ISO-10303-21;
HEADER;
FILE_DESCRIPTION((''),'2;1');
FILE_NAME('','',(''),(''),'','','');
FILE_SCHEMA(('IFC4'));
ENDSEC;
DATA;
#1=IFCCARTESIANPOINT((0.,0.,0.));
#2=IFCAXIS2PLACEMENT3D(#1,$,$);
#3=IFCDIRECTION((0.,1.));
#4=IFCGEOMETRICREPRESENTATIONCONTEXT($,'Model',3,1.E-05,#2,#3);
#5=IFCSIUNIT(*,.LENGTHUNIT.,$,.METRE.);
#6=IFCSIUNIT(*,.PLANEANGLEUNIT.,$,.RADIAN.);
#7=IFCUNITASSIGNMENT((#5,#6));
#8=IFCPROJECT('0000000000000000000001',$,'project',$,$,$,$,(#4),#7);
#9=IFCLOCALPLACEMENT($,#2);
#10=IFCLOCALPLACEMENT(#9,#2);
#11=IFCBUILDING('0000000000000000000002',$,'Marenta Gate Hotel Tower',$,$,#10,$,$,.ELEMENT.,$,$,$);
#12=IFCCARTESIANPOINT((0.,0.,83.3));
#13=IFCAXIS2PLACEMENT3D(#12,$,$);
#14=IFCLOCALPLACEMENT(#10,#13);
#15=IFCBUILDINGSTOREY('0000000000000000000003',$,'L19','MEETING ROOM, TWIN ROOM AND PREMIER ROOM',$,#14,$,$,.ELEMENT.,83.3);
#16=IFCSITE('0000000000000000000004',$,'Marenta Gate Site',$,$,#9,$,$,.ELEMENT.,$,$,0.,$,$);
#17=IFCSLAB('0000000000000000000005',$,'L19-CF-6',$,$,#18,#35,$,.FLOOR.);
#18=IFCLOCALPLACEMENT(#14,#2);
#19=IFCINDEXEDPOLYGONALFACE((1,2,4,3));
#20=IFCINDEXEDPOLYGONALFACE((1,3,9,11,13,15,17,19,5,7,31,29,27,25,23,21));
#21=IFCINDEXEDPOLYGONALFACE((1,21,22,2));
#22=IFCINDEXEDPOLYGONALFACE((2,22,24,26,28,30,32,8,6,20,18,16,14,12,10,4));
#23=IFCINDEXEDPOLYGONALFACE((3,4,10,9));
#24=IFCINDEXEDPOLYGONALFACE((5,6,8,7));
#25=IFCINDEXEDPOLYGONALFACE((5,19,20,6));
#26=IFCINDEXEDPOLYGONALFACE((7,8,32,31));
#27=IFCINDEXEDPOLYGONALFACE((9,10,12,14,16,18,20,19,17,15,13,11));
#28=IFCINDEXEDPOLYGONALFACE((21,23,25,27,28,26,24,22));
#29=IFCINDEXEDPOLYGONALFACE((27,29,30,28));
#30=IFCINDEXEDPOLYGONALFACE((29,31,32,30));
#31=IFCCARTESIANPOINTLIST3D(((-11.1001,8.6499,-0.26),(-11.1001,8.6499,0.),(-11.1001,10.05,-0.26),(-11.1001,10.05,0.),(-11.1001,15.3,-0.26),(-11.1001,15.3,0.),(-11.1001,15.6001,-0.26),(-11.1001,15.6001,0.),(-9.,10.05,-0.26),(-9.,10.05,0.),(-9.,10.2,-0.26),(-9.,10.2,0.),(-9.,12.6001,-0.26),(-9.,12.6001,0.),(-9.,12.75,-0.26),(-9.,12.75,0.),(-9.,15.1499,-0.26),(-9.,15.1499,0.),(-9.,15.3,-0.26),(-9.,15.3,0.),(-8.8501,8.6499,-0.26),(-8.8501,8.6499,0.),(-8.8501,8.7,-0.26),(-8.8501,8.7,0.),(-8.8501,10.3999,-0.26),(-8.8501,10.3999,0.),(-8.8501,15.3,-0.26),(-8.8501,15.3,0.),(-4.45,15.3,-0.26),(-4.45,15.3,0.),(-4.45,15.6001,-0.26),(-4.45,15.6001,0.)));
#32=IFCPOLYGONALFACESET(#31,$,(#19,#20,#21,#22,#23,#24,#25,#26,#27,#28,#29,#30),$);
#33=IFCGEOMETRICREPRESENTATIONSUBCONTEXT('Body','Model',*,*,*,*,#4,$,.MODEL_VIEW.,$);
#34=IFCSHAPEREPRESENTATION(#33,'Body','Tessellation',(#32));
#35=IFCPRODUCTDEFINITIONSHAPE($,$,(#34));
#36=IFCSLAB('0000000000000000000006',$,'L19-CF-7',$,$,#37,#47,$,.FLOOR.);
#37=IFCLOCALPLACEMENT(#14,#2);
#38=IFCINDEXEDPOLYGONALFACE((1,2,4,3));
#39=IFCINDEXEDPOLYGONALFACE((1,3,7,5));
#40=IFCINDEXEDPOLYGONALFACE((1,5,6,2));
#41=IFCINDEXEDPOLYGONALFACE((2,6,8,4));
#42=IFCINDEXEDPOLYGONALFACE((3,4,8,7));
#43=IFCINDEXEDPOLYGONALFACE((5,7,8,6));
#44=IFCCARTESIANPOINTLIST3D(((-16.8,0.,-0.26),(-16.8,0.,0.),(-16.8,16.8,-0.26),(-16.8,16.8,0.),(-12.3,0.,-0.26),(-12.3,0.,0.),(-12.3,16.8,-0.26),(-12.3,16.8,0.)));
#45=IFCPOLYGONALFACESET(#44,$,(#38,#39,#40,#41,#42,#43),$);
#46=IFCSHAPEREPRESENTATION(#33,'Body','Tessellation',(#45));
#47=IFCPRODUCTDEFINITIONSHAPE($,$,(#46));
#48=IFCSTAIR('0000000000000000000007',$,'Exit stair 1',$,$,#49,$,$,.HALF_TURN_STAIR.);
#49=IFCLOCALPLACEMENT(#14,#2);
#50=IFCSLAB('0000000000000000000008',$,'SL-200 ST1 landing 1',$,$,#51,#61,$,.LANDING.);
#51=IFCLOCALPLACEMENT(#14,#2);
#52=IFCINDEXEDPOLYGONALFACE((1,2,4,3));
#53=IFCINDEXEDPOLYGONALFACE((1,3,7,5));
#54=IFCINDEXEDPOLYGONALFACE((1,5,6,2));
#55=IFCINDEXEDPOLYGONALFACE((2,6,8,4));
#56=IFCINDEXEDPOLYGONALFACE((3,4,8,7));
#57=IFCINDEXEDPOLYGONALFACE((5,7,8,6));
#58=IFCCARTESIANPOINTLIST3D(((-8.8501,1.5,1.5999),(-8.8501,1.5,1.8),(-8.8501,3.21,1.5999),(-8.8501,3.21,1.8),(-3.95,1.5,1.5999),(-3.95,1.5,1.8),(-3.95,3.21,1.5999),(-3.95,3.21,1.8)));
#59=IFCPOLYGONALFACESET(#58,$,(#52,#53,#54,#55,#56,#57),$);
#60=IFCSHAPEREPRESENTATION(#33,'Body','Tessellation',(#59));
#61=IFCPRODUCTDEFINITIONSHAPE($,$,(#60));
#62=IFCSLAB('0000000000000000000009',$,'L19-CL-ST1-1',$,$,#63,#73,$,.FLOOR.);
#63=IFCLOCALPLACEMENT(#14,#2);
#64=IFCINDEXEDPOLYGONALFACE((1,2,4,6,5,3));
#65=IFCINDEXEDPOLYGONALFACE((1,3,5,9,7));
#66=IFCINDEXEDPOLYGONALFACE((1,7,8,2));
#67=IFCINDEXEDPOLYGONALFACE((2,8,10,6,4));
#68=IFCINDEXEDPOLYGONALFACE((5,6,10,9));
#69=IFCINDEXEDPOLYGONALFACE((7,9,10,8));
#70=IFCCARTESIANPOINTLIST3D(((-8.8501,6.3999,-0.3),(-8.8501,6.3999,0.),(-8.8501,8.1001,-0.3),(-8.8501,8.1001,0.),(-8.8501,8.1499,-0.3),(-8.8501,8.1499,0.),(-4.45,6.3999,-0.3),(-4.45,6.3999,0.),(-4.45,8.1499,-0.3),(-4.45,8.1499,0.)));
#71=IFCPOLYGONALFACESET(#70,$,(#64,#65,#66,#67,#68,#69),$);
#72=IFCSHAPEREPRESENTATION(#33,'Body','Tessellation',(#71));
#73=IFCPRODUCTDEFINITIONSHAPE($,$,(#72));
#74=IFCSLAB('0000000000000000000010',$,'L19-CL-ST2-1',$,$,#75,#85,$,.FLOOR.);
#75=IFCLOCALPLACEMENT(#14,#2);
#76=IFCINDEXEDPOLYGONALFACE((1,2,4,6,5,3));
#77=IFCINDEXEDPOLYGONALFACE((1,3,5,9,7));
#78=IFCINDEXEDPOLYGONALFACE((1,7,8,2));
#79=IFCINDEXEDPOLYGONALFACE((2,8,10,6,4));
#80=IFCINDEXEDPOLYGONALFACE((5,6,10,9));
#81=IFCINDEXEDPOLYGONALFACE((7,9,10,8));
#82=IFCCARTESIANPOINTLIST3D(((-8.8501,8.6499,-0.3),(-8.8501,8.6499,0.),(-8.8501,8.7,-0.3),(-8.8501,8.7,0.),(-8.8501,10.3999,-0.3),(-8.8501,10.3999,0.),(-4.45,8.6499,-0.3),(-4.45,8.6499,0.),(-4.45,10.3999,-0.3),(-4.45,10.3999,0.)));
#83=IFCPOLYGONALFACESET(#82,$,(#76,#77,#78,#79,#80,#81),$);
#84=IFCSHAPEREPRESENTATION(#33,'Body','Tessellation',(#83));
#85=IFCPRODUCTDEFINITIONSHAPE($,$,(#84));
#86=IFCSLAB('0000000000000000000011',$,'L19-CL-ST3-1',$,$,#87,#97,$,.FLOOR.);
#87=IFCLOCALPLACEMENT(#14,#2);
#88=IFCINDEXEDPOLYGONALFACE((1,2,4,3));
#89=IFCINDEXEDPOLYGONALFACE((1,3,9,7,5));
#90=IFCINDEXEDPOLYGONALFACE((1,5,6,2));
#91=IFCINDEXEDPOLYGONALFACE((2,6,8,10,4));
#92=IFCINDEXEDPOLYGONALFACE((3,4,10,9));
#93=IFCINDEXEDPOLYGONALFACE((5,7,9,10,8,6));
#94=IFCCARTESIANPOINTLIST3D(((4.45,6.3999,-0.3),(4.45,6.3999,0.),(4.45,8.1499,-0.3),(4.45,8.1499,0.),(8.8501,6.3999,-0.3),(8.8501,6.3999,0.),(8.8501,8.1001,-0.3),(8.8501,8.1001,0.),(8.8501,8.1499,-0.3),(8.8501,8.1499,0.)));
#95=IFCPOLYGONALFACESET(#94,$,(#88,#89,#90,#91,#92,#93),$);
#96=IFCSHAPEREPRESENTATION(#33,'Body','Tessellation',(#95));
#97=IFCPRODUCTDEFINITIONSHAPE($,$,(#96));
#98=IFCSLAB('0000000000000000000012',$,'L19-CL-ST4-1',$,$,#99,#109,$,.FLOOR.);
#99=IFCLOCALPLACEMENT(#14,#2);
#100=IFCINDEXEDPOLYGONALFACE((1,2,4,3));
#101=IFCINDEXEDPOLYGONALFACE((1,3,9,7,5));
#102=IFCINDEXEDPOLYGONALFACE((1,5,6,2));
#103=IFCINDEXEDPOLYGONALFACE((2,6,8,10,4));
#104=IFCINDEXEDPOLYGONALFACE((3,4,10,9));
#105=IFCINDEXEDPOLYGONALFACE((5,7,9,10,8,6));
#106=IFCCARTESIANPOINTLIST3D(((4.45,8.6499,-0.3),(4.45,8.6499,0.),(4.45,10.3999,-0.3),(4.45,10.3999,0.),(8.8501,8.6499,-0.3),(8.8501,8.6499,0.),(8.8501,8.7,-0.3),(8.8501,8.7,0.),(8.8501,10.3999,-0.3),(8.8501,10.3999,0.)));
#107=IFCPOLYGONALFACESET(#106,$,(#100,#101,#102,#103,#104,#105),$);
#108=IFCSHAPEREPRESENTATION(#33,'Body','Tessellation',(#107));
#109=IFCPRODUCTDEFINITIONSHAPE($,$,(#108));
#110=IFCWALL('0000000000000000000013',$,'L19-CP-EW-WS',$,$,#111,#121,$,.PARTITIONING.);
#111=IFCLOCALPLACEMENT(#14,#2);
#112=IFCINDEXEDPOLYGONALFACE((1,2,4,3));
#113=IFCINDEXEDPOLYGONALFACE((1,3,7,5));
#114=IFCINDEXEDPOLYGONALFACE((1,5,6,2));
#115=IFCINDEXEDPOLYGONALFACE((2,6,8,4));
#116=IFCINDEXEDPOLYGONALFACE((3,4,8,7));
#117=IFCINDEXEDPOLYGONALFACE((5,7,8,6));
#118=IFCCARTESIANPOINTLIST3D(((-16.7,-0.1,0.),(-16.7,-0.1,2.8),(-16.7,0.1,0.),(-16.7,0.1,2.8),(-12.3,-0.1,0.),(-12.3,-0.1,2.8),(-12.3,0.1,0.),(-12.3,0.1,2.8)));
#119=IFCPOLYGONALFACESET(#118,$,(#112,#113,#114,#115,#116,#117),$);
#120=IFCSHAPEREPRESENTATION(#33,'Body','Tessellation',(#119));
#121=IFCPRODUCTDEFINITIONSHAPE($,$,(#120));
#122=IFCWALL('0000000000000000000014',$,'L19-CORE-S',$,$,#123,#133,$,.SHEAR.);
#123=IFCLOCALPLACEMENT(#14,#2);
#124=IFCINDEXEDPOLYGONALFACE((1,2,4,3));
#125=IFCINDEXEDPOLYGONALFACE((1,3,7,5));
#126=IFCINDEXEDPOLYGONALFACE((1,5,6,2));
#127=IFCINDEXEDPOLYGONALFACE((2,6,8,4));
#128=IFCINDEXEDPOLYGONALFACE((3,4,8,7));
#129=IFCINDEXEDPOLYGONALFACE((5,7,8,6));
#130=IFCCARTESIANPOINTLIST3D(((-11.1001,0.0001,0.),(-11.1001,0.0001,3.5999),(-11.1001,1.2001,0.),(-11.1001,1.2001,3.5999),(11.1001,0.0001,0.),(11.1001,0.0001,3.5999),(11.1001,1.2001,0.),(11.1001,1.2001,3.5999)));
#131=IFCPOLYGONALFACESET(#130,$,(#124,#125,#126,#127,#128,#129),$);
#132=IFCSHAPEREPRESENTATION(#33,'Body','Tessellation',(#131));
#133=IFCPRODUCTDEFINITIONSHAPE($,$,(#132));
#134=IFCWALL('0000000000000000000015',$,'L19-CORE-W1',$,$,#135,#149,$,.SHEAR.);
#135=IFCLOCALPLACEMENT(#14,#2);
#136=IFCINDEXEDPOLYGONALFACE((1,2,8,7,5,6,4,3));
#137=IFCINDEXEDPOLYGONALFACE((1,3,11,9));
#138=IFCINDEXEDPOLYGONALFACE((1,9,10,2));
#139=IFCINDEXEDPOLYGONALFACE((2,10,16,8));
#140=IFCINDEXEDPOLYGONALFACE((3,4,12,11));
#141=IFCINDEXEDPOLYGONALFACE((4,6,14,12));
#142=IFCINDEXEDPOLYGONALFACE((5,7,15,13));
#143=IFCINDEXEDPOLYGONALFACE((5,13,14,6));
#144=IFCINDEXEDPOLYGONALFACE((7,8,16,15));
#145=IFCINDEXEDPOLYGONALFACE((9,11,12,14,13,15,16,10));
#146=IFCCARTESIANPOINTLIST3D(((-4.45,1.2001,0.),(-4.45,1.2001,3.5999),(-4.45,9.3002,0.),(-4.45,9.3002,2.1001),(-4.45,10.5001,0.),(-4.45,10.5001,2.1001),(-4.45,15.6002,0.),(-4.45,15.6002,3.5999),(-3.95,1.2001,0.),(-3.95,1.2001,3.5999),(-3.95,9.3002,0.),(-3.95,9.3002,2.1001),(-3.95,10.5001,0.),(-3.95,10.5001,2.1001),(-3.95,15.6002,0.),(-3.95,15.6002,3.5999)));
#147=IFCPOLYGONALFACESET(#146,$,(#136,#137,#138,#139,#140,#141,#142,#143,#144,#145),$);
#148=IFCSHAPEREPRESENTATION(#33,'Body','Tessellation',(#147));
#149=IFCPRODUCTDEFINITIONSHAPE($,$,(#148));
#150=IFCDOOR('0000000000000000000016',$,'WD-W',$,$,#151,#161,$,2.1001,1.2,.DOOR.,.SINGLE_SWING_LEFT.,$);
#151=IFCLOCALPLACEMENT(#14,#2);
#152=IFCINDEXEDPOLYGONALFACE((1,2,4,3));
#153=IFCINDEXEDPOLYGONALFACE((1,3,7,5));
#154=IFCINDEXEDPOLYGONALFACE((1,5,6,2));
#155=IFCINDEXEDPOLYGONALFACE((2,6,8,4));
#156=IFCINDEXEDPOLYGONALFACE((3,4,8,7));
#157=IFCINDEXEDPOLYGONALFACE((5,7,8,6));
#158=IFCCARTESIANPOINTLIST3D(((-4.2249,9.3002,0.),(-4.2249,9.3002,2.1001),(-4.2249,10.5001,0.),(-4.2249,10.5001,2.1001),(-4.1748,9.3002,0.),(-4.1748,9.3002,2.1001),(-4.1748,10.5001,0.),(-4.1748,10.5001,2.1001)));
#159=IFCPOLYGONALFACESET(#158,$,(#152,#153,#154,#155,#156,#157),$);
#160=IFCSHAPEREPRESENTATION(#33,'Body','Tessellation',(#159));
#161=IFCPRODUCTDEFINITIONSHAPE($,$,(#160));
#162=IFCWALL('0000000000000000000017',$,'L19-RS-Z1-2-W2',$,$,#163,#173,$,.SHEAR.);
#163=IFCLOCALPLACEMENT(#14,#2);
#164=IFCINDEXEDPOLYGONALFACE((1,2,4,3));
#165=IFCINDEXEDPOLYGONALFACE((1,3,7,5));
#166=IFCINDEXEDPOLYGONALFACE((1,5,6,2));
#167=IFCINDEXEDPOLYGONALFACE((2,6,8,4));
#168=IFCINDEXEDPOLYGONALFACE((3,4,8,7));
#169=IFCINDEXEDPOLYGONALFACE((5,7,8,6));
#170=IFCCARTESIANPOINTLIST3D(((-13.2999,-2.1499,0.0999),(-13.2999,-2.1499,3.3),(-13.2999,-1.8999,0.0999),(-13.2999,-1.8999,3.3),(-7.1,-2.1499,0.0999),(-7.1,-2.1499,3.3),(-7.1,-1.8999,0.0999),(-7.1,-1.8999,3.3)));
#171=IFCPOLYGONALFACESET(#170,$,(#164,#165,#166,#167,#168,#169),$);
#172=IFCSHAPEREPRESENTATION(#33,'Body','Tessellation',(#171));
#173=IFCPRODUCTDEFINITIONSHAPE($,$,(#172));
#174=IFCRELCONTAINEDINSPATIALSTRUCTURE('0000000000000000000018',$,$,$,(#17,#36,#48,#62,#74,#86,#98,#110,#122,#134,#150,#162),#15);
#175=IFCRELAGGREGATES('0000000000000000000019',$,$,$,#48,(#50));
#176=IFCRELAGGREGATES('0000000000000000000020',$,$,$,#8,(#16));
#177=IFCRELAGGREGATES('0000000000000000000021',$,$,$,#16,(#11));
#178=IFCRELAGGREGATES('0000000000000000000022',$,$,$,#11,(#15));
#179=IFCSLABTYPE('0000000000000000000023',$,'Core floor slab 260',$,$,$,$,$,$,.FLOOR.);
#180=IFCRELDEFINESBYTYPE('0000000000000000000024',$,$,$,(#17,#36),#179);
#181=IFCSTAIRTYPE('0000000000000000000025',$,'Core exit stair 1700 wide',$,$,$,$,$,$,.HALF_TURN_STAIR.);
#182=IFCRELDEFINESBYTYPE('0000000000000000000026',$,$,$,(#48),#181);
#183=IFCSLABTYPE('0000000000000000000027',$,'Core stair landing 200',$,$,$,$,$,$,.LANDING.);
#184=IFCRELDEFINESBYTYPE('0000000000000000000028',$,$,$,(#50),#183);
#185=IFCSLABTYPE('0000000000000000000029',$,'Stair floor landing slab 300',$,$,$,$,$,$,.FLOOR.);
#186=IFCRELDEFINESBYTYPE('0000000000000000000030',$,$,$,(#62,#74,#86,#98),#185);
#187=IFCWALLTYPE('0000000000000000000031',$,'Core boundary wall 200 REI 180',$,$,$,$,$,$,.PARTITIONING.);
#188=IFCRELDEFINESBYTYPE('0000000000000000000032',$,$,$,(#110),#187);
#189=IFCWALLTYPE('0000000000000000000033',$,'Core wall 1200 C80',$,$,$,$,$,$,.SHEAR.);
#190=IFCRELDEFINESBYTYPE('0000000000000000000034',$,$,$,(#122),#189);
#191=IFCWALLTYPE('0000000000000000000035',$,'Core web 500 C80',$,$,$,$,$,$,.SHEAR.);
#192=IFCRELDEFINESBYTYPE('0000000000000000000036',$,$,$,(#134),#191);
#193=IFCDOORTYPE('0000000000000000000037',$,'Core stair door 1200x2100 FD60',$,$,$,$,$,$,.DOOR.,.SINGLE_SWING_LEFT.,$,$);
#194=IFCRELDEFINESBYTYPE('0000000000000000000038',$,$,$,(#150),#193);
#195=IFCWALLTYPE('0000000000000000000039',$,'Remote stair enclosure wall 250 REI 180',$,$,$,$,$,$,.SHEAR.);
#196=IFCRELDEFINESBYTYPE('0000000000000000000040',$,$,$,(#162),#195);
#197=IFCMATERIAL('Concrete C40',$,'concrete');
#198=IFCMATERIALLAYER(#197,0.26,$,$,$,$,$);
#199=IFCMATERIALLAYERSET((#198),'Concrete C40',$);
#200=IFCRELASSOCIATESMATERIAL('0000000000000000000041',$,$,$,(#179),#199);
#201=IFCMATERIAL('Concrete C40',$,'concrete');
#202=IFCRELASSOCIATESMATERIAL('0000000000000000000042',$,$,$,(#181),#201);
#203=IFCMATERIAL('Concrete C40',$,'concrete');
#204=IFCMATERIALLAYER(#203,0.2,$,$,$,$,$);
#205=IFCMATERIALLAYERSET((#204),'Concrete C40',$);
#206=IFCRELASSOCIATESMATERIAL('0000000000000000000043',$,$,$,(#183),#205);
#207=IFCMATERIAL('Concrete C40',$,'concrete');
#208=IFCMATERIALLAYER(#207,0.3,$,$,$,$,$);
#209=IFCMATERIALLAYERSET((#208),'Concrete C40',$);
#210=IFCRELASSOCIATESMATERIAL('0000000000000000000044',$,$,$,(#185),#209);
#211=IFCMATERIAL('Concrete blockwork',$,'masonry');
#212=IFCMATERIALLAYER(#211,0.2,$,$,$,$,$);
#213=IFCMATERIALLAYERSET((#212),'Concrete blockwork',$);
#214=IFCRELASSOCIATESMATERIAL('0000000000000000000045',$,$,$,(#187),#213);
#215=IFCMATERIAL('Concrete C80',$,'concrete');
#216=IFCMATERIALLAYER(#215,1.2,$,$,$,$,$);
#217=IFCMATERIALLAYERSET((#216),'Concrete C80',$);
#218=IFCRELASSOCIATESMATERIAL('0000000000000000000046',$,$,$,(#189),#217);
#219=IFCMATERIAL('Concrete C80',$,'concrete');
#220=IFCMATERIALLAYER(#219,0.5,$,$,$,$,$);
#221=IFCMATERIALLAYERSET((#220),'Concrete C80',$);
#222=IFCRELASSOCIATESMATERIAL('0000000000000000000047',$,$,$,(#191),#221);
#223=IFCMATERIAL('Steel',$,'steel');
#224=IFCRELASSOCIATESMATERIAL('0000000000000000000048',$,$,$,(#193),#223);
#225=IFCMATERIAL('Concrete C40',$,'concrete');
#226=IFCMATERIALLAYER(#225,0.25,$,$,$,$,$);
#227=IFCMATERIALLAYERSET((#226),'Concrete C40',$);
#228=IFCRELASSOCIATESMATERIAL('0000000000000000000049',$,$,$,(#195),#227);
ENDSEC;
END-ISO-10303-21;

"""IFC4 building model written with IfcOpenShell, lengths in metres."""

from ifc_helpers import new_model, si_unit, direction, frame, frame_2d, origin, place, context, subcontext, project, spatial, polyline, rectangle, outline, extrude, material, layer, layer_set, type_object, element, fill, aggregate, save


model = new_model("IFC4")

# Units and contexts
model_context = context("Model", 3, precision=1e-05, world=origin(), true_north=direction((0.0, 1.0)))
body_context = subcontext(model_context, "Body", "Model", "MODEL_VIEW")
ifc_project = project(units=[si_unit("LENGTHUNIT", "METRE"), si_unit("PLANEANGLEUNIT", "RADIAN")], contexts=[model_context])

# Site, building, storey
site_placement = place(None, origin())
site = spatial("IfcSite", under=ifc_project, at=site_placement, Name="Marenta Gate Site", CompositionType="ELEMENT", RefElevation=0.0)
building_placement = place(site_placement, origin())
building = spatial("IfcBuilding", under=site, at=building_placement, Name="Marenta Gate Hotel Tower", CompositionType="ELEMENT")
storey_placement = place(building_placement, frame((0.0, 0.0, 83.3)))
storey = spatial("IfcBuildingStorey", under=building, at=storey_placement, Name="L19", Description="MEETING ROOM, TWIN ROOM AND PREMIER ROOM", CompositionType="ELEMENT", Elevation=83.3)

# Slabs
ifc_material_1 = material(Name="Concrete C40", Category="concrete")
ifc_layer_1 = layer(ifc_material_1, 0.26)
ifc_layer_set_1 = layer_set([ifc_layer_1], Name="Concrete C40")
slab_type_1 = type_object("IfcSlabType", Name="Core floor slab 260", PredefinedType="FLOOR", material=ifc_layer_set_1)
slab_1_placement = place(storey_placement, frame((0.0, 0.0, -0.26)))
element("IfcSlab", 1, at=slab_1_placement, inside=storey, type_object=slab_type_1, Name="L19-CF-6", PredefinedType="FLOOR", context=body_context, shape_type="SweptSolid", body=[
    extrude(outline(polyline([(-4.45, 15.3), (-8.8501, 15.3), (-8.8501, 10.3999), (-8.8501, 8.7), (-8.8501, 8.6499), (-11.1001, 8.6499), (-11.1001, 10.05), (-9.0, 10.05), (-9.0, 10.2), (-9.0, 12.6001), (-9.0, 12.75), (-9.0, 15.1499), (-9.0, 15.3), (-11.1001, 15.3), (-11.1001, 15.6001), (-4.45, 15.6001), (-4.45, 15.3)])), origin(), (0.0, 0.0, 1.0), 0.26),
])
slab_2_placement = place(storey_placement, frame((0.0, 0.0, -0.26)))
element("IfcSlab", 2, at=slab_2_placement, inside=storey, type_object=slab_type_1, Name="L19-CF-7", PredefinedType="FLOOR", context=body_context, shape_type="SweptSolid", body=[
    extrude(outline(polyline([(-12.3, 16.8), (-12.3, 0.0), (-16.8, 0.0), (-16.8, 16.8), (-12.3, 16.8)])), origin(), (0.0, 0.0, 1.0), 0.26),
])

# Stair, slab
ifc_material_2 = material(Name="Concrete C40", Category="concrete")
stair_type = type_object("IfcStairType", Name="Core exit stair 1700 wide", PredefinedType="HALF_TURN_STAIR", material=ifc_material_2)
stair_placement = place(storey_placement, origin())
stair = element("IfcStair", 3, at=stair_placement, inside=storey, type_object=stair_type, Name="Exit stair 1", PredefinedType="HALF_TURN_STAIR")
ifc_material_3 = material(Name="Concrete C40", Category="concrete")
ifc_layer_2 = layer(ifc_material_3, 0.2)
ifc_layer_set_2 = layer_set([ifc_layer_2], Name="Concrete C40")
slab_type_2 = type_object("IfcSlabType", Name="Core stair landing 200", PredefinedType="LANDING", material=ifc_layer_set_2)
slab_3_placement = place(storey_placement, frame((0.0, 0.0, 1.5999)))
slab_3 = element("IfcSlab", 4, at=slab_3_placement, type_object=slab_type_2, Name="SL-200 ST1 landing 1", PredefinedType="LANDING", context=body_context, shape_type="SweptSolid", body=[
    extrude(outline(polyline([(-8.8501, 1.5), (-3.95, 1.5), (-3.95, 3.21), (-8.8501, 3.21), (-8.8501, 1.5)])), origin(), (0.0, 0.0, 1.0), 0.2002),
])
aggregate(stair, [slab_3])

# Slabs
ifc_material_4 = material(Name="Concrete C40", Category="concrete")
ifc_layer_3 = layer(ifc_material_4, 0.3)
ifc_layer_set_3 = layer_set([ifc_layer_3], Name="Concrete C40")
slab_type_3 = type_object("IfcSlabType", Name="Stair floor landing slab 300", PredefinedType="FLOOR", material=ifc_layer_set_3)
slab_4_placement = place(storey_placement, frame((0.0, 0.0, -0.3)))
element("IfcSlab", 5, at=slab_4_placement, inside=storey, type_object=slab_type_3, Name="L19-CL-ST1-1", PredefinedType="FLOOR", context=body_context, shape_type="SweptSolid", body=[
    extrude(outline(polyline([(-4.45, 6.3999), (-8.8501, 6.3999), (-8.8501, 8.1001), (-8.8501, 8.1499), (-4.45, 8.1499), (-4.45, 6.3999)])), origin(), (0.0, 0.0, 1.0), 0.3),
])
slab_5_placement = place(storey_placement, frame((0.0, 0.0, -0.3)))
element("IfcSlab", 6, at=slab_5_placement, inside=storey, type_object=slab_type_3, Name="L19-CL-ST2-1", PredefinedType="FLOOR", context=body_context, shape_type="SweptSolid", body=[
    extrude(outline(polyline([(-4.45, 8.6499), (-8.8501, 8.6499), (-8.8501, 8.7), (-8.8501, 10.3999), (-4.45, 10.3999), (-4.45, 8.6499)])), origin(), (0.0, 0.0, 1.0), 0.3),
])
slab_6_placement = place(storey_placement, frame((0.0, 0.0, -0.3)))
element("IfcSlab", 7, at=slab_6_placement, inside=storey, type_object=slab_type_3, Name="L19-CL-ST3-1", PredefinedType="FLOOR", context=body_context, shape_type="SweptSolid", body=[
    extrude(outline(polyline([(4.45, 6.3999), (4.45, 8.1499), (8.8501, 8.1499), (8.8501, 8.1001), (8.8501, 6.3999), (4.45, 6.3999)])), origin(), (0.0, 0.0, 1.0), 0.3),
])
slab_7_placement = place(storey_placement, frame((0.0, 0.0, -0.3)))
element("IfcSlab", 8, at=slab_7_placement, inside=storey, type_object=slab_type_3, Name="L19-CL-ST4-1", PredefinedType="FLOOR", context=body_context, shape_type="SweptSolid", body=[
    extrude(outline(polyline([(4.45, 8.6499), (4.45, 10.3999), (8.8501, 10.3999), (8.8501, 8.7), (8.8501, 8.6499), (4.45, 8.6499)])), origin(), (0.0, 0.0, 1.0), 0.3),
])

# Wall
ifc_material_5 = material(Name="Concrete blockwork", Category="masonry")
ifc_layer_4 = layer(ifc_material_5, 0.2)
ifc_layer_set_4 = layer_set([ifc_layer_4], Name="Concrete blockwork")
wall_type_1 = type_object("IfcWallType", Name="Core boundary wall 200 REI 180", PredefinedType="PARTITIONING", material=ifc_layer_set_4)
wall_1_placement = place(storey_placement, frame((-16.7, 0.0, 0.0), z_axis=(0.0, 0.0, 1.0), x_axis=(1.0, 0.0, 0.0)))
element("IfcWall", 9, at=wall_1_placement, inside=storey, type_object=wall_type_1, Name="L19-CP-EW-WS", PredefinedType="PARTITIONING", context=body_context, shape_type="SweptSolid", body=[
    extrude(rectangle(XDim=4.3999, YDim=0.2, at=frame_2d((2.2, 0.0))), origin(), (0.0, 0.0, 1.0), 2.8),
])

# Shared definitions
ifc_material_6 = material(Name="Concrete C80", Category="concrete")
ifc_layer_5 = layer(ifc_material_6, 1.2)
ifc_layer_set_5 = layer_set([ifc_layer_5], Name="Concrete C80")
wall_type_2 = type_object("IfcWallType", Name="Core wall 1200 C80", PredefinedType="SHEAR", material=ifc_layer_set_5)

# Wall
wall_2_placement = place(storey_placement, frame((-11.1001, 0.6001, 0.0), z_axis=(0.0, 0.0, 1.0), x_axis=(1.0, 0.0, 0.0)))
element("IfcWall", 10, at=wall_2_placement, inside=storey, type_object=wall_type_2, Name="L19-CORE-S", PredefinedType="SHEAR", context=body_context, shape_type="SweptSolid", body=[
    extrude(rectangle(XDim=22.2002, YDim=1.2, at=frame_2d((11.1001, 0.0))), origin(), (0.0, 0.0, 1.0), 3.5999),
])

# Wall, opening, door
ifc_material_7 = material(Name="Concrete C80", Category="concrete")
ifc_layer_6 = layer(ifc_material_7, 0.5)
ifc_layer_set_6 = layer_set([ifc_layer_6], Name="Concrete C80")
wall_type_3 = type_object("IfcWallType", Name="Core web 500 C80", PredefinedType="SHEAR", material=ifc_layer_set_6)
wall_3_placement = place(storey_placement, frame((-4.2, 1.2, 0.0), z_axis=(0.0, 0.0, 1.0), x_axis=(0.0, 1.0, 0.0)))
wall_3 = element("IfcWall", 11, at=wall_3_placement, inside=storey, type_object=wall_type_3, Name="L19-CORE-W1", PredefinedType="SHEAR", context=body_context, shape_type="SweptSolid", body=[
    extrude(rectangle(XDim=14.4001, YDim=0.5, at=frame_2d((7.2002, 0.0))), origin(), (0.0, 0.0, 1.0), 3.5999),
])
opening_1_placement = place(wall_3_placement, frame((8.1001, 0.0, 0.0)))
opening_1 = element("IfcOpeningElement", 12, at=opening_1_placement, cuts=wall_3, PredefinedType="OPENING", context=body_context, shape_type="SweptSolid", body=[
    extrude(rectangle(XDim=1.2, YDim=2.1001, at=frame_2d((0.6001, 1.05))), frame((0.0, 0.25, 0.0), z_axis=(0.0, -1.0, 0.0), x_axis=(1.0, 0.0, 0.0)), (0.0, 0.0, 1.0), 0.5),
])
ifc_material_8 = material(Name="Steel", Category="steel")
door_type_1 = type_object("IfcDoorType", Name="Core stair door 1200x2100 FD60", OperationType="SINGLE_SWING_LEFT", PredefinedType="DOOR", material=ifc_material_8)
door_1_placement = place(opening_1_placement, origin())
door_1 = element("IfcDoor", 13, at=door_1_placement, inside=storey, type_object=door_type_1, Name="WD-W", OperationType="SINGLE_SWING_LEFT", OverallHeight=2.1001, OverallWidth=1.2, PredefinedType="DOOR", context=body_context, shape_type="SweptSolid", body=[
    extrude(rectangle(XDim=1.2, YDim=2.1001, at=frame_2d((0.6001, 1.05))), frame((0.0, 0.0249, 0.0), z_axis=(0.0, -1.0, 0.0), x_axis=(1.0, 0.0, 0.0)), (0.0, 0.0, 1.0), 0.05),
])
fill(opening_1, door_1)

# Wall
ifc_material_9 = material(Name="Concrete C40", Category="concrete")
ifc_layer_7 = layer(ifc_material_9, 0.25)
ifc_layer_set_7 = layer_set([ifc_layer_7], Name="Concrete C40")
wall_type_4 = type_object("IfcWallType", Name="Remote stair enclosure wall 250 REI 180", PredefinedType="SHEAR", material=ifc_layer_set_7)
wall_4_placement = place(storey_placement, frame((-13.3, -2.0249, 0.0999), z_axis=(0.0, 0.0, 1.0), x_axis=(1.0, 0.0, 0.0)))
element("IfcWall", 14, at=wall_4_placement, inside=storey, type_object=wall_type_4, Name="L19-RS-Z1-2-W2", PredefinedType="SHEAR", context=body_context, shape_type="SweptSolid", body=[
    extrude(rectangle(XDim=6.2, YDim=0.25, at=frame_2d((3.1001, 0.0))), origin(), (0.0, 0.0, 1.0), 3.2002),
])

save(model, "model.ifc")
